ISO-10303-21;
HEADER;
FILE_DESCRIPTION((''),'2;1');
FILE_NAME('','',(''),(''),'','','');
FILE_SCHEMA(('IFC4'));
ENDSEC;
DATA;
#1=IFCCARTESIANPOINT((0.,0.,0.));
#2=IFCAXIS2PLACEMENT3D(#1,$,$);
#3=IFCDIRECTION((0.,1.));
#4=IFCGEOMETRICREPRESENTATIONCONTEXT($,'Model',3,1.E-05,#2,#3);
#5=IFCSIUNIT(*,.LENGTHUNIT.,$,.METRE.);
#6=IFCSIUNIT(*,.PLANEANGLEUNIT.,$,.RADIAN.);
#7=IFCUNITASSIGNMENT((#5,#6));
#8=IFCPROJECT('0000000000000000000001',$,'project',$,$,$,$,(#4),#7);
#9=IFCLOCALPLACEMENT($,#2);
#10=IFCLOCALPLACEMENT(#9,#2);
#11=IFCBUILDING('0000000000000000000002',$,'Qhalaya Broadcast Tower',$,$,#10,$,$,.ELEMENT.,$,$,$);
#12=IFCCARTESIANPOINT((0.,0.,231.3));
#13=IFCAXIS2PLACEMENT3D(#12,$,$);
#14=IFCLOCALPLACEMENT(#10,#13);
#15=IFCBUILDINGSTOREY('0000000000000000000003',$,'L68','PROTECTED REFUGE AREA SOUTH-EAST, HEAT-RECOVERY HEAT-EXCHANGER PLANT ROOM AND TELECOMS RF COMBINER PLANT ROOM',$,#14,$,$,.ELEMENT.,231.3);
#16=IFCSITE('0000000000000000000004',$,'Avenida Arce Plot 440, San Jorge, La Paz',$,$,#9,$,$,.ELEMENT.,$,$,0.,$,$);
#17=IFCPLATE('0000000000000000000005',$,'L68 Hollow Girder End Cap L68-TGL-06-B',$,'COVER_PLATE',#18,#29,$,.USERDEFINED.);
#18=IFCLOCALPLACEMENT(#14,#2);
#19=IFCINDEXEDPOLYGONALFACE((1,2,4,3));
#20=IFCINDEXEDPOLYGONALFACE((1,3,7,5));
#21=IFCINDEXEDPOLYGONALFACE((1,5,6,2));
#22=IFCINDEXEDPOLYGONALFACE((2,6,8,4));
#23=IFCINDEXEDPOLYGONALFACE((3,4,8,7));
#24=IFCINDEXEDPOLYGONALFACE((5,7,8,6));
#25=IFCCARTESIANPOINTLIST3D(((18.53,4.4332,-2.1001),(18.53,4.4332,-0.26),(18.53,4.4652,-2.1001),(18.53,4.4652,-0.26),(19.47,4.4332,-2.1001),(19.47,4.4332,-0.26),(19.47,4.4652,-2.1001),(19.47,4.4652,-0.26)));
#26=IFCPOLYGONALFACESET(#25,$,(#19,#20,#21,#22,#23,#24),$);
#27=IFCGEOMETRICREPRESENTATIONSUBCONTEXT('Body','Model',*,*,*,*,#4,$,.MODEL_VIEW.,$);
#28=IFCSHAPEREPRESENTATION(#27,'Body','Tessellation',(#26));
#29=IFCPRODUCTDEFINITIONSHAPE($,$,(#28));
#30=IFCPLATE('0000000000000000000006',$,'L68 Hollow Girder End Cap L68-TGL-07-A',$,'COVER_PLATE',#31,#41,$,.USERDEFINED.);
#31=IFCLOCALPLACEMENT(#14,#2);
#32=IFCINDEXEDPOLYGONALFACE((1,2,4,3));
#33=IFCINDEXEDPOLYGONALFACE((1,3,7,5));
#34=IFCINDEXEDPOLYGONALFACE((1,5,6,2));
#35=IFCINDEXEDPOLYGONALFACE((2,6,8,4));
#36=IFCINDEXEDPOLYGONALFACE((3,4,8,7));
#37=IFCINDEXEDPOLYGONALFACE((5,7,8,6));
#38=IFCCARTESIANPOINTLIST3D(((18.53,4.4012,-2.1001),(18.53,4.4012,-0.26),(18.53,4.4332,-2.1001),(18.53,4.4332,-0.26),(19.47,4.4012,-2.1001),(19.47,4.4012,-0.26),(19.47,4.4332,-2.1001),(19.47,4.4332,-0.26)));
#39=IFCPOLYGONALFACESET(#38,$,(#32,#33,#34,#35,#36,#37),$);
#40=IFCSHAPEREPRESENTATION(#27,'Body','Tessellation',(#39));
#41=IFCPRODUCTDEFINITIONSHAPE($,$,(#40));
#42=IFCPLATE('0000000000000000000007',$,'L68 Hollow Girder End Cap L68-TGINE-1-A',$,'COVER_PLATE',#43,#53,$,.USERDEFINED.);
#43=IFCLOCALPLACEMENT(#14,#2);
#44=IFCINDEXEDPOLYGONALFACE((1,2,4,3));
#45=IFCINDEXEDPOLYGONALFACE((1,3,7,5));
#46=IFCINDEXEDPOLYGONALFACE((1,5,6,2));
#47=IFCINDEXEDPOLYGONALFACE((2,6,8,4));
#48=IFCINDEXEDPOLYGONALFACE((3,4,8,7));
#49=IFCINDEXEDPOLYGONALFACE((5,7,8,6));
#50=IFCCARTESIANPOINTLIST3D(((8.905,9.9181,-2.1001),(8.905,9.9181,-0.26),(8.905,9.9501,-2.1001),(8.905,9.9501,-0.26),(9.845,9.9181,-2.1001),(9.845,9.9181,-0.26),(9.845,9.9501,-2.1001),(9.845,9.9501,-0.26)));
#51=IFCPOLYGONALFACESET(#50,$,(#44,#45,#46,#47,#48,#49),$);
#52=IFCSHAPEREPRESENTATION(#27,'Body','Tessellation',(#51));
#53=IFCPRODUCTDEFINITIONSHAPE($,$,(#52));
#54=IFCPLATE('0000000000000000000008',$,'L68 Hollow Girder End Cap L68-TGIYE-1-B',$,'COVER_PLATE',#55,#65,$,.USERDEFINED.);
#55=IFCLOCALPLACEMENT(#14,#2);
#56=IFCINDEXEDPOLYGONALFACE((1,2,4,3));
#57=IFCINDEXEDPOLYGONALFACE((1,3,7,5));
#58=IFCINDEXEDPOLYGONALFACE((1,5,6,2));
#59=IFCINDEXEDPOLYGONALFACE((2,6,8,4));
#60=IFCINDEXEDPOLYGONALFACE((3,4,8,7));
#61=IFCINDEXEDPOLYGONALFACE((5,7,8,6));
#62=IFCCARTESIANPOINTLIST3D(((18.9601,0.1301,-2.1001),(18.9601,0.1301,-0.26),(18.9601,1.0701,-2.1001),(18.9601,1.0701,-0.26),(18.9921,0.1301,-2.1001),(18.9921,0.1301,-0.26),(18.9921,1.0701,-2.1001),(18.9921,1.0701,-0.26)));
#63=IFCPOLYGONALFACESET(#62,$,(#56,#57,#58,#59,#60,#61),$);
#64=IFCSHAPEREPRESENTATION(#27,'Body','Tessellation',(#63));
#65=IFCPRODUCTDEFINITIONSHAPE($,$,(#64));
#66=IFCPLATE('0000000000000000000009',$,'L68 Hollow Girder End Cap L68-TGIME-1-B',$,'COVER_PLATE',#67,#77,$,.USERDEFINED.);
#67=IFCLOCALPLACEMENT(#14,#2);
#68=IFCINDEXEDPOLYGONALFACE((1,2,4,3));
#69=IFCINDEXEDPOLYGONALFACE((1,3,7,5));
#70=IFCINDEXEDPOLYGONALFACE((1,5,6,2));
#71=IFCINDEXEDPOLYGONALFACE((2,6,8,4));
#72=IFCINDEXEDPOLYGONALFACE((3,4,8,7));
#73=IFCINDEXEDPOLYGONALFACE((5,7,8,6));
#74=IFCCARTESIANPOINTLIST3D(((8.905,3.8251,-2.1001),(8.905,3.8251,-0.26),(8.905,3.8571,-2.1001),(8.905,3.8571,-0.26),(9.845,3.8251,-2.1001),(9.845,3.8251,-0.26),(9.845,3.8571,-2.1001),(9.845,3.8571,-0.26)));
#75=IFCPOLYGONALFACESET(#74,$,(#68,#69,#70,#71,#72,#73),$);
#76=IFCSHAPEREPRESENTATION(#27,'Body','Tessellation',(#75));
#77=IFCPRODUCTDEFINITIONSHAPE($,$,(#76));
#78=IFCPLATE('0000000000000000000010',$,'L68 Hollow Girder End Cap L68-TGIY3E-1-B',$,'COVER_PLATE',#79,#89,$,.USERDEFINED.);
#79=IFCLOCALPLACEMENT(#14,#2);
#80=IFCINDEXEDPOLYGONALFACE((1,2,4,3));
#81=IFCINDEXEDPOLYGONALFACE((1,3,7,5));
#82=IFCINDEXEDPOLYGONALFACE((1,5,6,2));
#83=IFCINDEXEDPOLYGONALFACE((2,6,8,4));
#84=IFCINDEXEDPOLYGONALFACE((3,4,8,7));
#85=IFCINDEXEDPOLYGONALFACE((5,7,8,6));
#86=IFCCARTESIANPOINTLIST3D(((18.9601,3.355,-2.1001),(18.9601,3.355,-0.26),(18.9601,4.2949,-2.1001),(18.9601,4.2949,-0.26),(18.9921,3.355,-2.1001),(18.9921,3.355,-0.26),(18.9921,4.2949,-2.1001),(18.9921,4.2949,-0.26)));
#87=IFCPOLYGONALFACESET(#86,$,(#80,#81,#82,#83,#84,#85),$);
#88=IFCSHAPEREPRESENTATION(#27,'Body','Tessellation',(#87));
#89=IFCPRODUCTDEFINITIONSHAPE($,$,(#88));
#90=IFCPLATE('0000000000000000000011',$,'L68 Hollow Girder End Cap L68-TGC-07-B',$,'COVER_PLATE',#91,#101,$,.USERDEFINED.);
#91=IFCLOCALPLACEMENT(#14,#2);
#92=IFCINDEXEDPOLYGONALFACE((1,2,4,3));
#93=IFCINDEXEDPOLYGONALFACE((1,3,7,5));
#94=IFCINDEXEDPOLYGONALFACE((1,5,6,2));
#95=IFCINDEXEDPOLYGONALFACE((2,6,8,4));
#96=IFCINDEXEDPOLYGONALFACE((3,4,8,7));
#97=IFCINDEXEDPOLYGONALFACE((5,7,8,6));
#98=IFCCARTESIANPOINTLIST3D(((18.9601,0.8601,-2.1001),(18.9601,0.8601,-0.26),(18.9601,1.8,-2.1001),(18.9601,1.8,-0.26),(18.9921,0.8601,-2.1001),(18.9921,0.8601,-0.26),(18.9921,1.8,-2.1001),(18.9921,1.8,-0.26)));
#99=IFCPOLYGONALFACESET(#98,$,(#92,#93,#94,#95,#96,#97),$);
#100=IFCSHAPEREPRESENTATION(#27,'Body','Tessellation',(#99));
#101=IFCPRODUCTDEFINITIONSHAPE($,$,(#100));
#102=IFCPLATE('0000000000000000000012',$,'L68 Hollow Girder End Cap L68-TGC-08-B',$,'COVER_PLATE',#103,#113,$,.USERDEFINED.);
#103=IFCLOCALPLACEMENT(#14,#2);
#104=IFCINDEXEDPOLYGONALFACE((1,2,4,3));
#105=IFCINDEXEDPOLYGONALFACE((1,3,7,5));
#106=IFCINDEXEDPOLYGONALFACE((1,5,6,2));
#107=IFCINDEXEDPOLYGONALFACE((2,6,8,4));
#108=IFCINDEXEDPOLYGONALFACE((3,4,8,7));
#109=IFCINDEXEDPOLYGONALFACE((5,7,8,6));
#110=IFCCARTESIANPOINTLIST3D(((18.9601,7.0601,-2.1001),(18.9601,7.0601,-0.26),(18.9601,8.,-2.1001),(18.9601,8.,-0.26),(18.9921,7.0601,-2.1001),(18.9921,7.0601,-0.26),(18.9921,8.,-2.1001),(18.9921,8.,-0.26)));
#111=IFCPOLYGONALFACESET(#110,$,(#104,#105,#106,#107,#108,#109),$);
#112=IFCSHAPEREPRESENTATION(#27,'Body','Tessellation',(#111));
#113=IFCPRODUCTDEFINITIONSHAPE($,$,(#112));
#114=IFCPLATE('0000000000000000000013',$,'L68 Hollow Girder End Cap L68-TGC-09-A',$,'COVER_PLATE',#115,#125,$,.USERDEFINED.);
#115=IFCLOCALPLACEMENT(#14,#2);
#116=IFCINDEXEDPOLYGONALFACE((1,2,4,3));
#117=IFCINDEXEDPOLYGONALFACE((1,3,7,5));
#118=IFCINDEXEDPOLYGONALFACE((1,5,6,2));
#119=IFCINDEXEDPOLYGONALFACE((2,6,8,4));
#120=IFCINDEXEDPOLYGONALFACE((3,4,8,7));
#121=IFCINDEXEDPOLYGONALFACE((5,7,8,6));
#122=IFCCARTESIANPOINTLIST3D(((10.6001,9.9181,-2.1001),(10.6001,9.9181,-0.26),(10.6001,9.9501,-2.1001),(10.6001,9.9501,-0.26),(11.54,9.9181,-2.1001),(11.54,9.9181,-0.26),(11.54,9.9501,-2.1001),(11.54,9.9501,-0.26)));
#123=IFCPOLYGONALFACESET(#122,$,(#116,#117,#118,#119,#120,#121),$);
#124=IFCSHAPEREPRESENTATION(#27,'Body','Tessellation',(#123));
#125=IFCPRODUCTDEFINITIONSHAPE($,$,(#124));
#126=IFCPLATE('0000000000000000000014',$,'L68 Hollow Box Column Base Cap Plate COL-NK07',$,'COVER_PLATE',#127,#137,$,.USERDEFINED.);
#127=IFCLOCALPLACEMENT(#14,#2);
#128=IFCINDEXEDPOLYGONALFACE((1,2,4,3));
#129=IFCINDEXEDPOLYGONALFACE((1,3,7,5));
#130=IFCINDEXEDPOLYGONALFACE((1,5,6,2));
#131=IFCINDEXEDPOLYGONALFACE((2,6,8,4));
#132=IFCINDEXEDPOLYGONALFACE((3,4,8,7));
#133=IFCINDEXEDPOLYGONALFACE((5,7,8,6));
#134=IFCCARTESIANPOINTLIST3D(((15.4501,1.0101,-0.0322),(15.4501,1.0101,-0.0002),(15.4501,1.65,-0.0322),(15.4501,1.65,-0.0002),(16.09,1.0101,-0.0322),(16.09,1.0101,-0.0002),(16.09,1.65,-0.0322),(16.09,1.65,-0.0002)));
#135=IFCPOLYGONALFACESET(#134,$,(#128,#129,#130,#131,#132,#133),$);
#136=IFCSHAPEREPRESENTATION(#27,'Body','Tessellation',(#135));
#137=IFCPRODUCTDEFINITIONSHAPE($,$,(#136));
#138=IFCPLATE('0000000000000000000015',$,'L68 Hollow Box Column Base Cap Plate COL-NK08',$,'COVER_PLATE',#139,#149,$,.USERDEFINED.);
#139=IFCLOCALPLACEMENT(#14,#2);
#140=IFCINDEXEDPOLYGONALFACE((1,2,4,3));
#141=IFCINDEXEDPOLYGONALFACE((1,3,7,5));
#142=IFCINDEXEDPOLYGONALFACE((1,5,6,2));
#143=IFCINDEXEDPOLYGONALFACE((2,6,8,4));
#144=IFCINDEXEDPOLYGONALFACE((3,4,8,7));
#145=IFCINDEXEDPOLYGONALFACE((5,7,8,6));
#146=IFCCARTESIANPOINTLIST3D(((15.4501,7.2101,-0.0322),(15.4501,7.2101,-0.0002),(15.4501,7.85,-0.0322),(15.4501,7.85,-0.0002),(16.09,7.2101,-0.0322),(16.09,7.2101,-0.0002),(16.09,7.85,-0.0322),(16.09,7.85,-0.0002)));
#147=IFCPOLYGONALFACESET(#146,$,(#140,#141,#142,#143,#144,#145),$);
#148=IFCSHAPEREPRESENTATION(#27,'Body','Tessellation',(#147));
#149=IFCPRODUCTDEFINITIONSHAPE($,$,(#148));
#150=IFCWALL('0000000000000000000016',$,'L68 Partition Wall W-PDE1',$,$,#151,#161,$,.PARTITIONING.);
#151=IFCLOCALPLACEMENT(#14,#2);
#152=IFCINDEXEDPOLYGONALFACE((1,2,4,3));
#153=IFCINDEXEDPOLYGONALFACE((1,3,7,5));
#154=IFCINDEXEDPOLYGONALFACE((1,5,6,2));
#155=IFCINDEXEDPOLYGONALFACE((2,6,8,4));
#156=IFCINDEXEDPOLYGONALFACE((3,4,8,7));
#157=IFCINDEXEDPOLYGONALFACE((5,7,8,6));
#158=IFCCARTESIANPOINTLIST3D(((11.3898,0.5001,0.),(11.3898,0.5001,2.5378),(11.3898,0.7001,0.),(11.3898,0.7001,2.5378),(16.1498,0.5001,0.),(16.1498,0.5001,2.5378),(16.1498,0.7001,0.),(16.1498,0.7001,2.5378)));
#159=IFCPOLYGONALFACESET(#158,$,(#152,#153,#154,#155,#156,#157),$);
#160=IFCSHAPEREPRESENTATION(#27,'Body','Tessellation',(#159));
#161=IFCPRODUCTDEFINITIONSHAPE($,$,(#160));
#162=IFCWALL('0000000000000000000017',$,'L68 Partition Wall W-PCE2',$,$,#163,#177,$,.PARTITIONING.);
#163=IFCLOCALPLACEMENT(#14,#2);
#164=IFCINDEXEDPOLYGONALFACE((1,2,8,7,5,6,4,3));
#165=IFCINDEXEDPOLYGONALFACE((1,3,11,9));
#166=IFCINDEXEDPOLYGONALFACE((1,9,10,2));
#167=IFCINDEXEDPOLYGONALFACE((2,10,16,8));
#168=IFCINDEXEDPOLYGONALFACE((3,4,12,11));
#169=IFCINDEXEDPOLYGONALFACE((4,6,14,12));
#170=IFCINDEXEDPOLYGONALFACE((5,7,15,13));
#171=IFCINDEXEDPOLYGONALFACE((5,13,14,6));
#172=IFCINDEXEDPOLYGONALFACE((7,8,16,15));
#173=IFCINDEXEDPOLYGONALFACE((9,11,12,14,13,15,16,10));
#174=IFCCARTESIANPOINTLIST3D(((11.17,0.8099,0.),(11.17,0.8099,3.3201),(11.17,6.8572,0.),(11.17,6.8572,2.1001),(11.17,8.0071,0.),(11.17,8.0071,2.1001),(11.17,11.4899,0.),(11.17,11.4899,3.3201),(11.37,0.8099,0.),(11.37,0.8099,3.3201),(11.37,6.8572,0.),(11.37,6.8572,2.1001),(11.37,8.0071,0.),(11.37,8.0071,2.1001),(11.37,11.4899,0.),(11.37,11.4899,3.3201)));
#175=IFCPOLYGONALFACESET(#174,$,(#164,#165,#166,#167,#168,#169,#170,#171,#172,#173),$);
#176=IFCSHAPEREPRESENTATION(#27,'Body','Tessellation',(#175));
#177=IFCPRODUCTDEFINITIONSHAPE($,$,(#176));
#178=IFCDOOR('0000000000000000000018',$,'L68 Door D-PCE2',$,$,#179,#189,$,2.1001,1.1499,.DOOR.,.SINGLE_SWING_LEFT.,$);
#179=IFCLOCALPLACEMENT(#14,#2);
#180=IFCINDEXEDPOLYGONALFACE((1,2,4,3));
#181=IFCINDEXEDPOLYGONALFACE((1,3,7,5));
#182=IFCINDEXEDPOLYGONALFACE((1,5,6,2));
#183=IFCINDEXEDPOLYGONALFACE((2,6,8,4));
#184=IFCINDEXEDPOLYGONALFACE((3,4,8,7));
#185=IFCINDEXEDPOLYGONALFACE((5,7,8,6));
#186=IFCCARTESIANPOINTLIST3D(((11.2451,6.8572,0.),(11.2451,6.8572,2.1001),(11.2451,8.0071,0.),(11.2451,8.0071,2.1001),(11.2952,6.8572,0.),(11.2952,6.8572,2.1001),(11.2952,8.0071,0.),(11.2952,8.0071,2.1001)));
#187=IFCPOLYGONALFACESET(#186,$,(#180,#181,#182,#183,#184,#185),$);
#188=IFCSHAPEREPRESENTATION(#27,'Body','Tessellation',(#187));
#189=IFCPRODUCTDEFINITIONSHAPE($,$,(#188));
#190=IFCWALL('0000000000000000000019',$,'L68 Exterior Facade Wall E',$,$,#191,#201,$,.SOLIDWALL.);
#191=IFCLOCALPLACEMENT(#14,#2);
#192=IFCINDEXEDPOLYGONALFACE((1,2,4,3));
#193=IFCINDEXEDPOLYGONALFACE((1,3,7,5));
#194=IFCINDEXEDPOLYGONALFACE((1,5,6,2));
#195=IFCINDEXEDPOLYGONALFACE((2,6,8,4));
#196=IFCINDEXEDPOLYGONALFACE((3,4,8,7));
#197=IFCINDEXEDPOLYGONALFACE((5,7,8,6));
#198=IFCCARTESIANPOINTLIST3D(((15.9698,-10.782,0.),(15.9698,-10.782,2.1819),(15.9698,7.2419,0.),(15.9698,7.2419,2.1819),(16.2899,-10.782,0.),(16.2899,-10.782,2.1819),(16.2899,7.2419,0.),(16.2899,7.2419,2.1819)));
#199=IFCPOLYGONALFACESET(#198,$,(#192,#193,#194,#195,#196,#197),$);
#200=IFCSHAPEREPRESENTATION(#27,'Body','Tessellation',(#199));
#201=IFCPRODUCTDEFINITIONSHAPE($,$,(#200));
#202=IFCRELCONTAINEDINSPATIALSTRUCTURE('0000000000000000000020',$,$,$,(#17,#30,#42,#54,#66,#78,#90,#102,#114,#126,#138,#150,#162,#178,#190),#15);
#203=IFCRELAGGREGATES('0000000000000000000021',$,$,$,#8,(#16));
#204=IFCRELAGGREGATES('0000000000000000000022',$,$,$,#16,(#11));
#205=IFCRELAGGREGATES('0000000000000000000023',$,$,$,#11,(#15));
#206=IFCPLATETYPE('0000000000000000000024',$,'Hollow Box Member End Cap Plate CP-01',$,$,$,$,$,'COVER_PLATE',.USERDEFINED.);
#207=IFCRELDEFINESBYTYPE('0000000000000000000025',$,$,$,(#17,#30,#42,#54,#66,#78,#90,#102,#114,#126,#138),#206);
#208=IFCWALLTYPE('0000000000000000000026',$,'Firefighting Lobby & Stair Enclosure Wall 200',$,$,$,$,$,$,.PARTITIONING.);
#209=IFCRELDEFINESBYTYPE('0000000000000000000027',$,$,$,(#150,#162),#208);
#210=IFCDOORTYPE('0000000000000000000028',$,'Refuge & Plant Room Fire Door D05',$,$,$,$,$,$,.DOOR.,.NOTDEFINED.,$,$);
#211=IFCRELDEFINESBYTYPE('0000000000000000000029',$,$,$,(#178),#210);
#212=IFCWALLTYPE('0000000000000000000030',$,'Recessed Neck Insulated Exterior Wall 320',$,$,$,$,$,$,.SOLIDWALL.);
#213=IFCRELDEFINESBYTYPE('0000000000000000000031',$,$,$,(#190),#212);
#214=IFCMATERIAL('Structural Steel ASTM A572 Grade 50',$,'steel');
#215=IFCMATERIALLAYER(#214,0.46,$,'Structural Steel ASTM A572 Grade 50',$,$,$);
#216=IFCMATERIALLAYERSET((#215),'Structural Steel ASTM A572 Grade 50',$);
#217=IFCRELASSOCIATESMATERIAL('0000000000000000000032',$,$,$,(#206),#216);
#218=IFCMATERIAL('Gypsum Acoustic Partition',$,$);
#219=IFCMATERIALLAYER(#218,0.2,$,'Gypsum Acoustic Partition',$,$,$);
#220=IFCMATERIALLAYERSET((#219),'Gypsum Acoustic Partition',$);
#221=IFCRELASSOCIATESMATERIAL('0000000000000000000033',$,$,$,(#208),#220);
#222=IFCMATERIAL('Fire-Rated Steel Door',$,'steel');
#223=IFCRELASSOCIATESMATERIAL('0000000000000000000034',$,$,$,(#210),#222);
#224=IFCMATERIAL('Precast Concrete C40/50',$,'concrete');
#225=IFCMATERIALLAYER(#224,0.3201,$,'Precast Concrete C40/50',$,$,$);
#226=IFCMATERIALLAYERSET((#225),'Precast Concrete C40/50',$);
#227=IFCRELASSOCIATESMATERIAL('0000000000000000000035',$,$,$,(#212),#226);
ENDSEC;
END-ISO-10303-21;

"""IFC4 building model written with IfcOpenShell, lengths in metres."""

from ifc_helpers import new_model, si_unit, direction, frame, frame_2d, origin, origin_2d, place, context, subcontext, project, spatial, rectangle, extrude, material, layer, layer_set, type_object, element, fill, save


model = new_model("IFC4")

# Units and contexts
model_context = context("Model", 3, precision=1e-05, world=origin(), true_north=direction((0.0, 1.0)))
body_context = subcontext(model_context, "Body", "Model", "MODEL_VIEW")
ifc_project = project(units=[si_unit("LENGTHUNIT", "METRE"), si_unit("PLANEANGLEUNIT", "RADIAN")], contexts=[model_context])

# Site, building, storey
site_placement = place(None, origin())
site = spatial("IfcSite", under=ifc_project, at=site_placement, Name="Avenida Arce Plot 440, San Jorge, La Paz", CompositionType="ELEMENT", RefElevation=0.0)
building_placement = place(site_placement, origin())
building = spatial("IfcBuilding", under=site, at=building_placement, Name="Qhalaya Broadcast Tower", CompositionType="ELEMENT")
storey_placement = place(building_placement, frame((0.0, 0.0, 231.3)))
storey = spatial("IfcBuildingStorey", under=building, at=storey_placement, Name="L68", Description="PROTECTED REFUGE AREA SOUTH-EAST, HEAT-RECOVERY HEAT-EXCHANGER PLANT ROOM AND TELECOMS RF COMBINER PLANT ROOM", CompositionType="ELEMENT", Elevation=231.3)

# Shared definitions
ifc_material_1 = material(Name="Structural Steel ASTM A572 Grade 50", Category="steel")

# Plates
ifc_layer_1 = layer(ifc_material_1, 0.46, Name="Structural Steel ASTM A572 Grade 50")
ifc_layer_set_1 = layer_set([ifc_layer_1], Name="Structural Steel ASTM A572 Grade 50")
plate_type = type_object("IfcPlateType", Name="Hollow Box Member End Cap Plate CP-01", ElementType="COVER_PLATE", PredefinedType="USERDEFINED", material=ifc_layer_set_1)
for number, where, z_axis, x_axis, name in (
    (1, (19.0, 4.4492, -2.1001), (0.0, 0.0, 1.0), (-1.0, 0.0, 0.0), "L68 Hollow Girder End Cap L68-TGL-06-B"),
    (2, (19.0, 4.4172, -2.1001), (0.0, 0.0, 1.0), (-1.0, 0.0, 0.0), "L68 Hollow Girder End Cap L68-TGL-07-A"),
    (3, (9.375, 9.9341, -2.1001), (0.0, 0.0, 1.0), (-1.0, 0.0, 0.0), "L68 Hollow Girder End Cap L68-TGINE-1-A"),
    (4, (18.9761, 0.6001, -2.1001), (0.0, 0.0, 1.0), (0.0, 1.0, 0.0), "L68 Hollow Girder End Cap L68-TGIYE-1-B"),
    (5, (9.375, 3.8411, -2.1001), (0.0, 0.0, 1.0), (-1.0, 0.0, 0.0), "L68 Hollow Girder End Cap L68-TGIME-1-B"),
    (6, (18.9761, 3.825, -2.1001), (0.0, 0.0, 1.0), (0.0, 1.0, 0.0), "L68 Hollow Girder End Cap L68-TGIY3E-1-B"),
    (7, (18.9761, 1.3301, -2.1001), (0.0, 0.0, 1.0), (0.0, 1.0, 0.0), "L68 Hollow Girder End Cap L68-TGC-07-B"),
    (8, (18.9761, 7.53, -2.1001), (0.0, 0.0, 1.0), (0.0, 1.0, 0.0), "L68 Hollow Girder End Cap L68-TGC-08-B"),
    (9, (11.0701, 9.9341, -2.1001), (0.0, 0.0, 1.0), (-1.0, 0.0, 0.0), "L68 Hollow Girder End Cap L68-TGC-09-A"),
):
    element("IfcPlate", number, at=place(storey_placement, frame(where, z_axis=z_axis, x_axis=x_axis)), inside=storey, type_object=plate_type, Name=name, ObjectType="COVER_PLATE", PredefinedType="USERDEFINED", context=body_context, shape_type="SweptSolid", body=[
        extrude(rectangle(XDim=0.9399, YDim=0.032, at=origin_2d()), origin(), (0.0, 0.0, 1.0), 1.8401),
    ])
for number, where, z_axis, x_axis, name in (
    (10, (15.77, 1.3301, -0.0322), (0.0, 0.0, 1.0), (0.0, 1.0, 0.0), "L68 Hollow Box Column Base Cap Plate COL-NK07"),
    (11, (15.77, 7.53, -0.0322), (0.0, 0.0, 1.0), (0.0, 1.0, 0.0), "L68 Hollow Box Column Base Cap Plate COL-NK08"),
):
    element("IfcPlate", number, at=place(storey_placement, frame(where, z_axis=z_axis, x_axis=x_axis)), inside=storey, type_object=plate_type, Name=name, ObjectType="COVER_PLATE", PredefinedType="USERDEFINED", context=body_context, shape_type="SweptSolid", body=[
        extrude(rectangle(XDim=0.6399, YDim=0.6399, at=origin_2d()), origin(), (0.0, 0.0, 1.0), 0.032),
    ])

# Wall
ifc_material_2 = material(Name="Gypsum Acoustic Partition")
ifc_layer_2 = layer(ifc_material_2, 0.2, Name="Gypsum Acoustic Partition")
ifc_layer_set_2 = layer_set([ifc_layer_2], Name="Gypsum Acoustic Partition")
wall_type_1 = type_object("IfcWallType", Name="Firefighting Lobby & Stair Enclosure Wall 200", PredefinedType="PARTITIONING", material=ifc_layer_set_2)
wall_1_placement = place(storey_placement, frame((11.3899, 0.6001, 0.0), z_axis=(0.0, 0.0, 1.0), x_axis=(1.0, 0.0, 0.0)))
element("IfcWall", 12, at=wall_1_placement, inside=storey, type_object=wall_type_1, Name="L68 Partition Wall W-PDE1", PredefinedType="PARTITIONING", context=body_context, shape_type="SweptSolid", body=[
    extrude(rectangle(XDim=4.76, YDim=0.2, at=frame_2d((2.3799, 0.0))), origin(), (0.0, 0.0, 1.0), 2.5378),
])

# Wall, opening, door
wall_2_placement = place(storey_placement, frame((11.27, 0.8101, 0.0), z_axis=(0.0, 0.0, 1.0), x_axis=(0.0, 1.0, 0.0)))
wall_2 = element("IfcWall", 13, at=wall_2_placement, inside=storey, type_object=wall_type_1, Name="L68 Partition Wall W-PCE2", PredefinedType="PARTITIONING", context=body_context, shape_type="SweptSolid", body=[
    extrude(rectangle(XDim=10.6799, YDim=0.2, at=frame_2d((5.3398, 0.0))), origin(), (0.0, 0.0, 1.0), 3.3201),
])
opening_placement = place(wall_2_placement, frame((6.0471, 0.0, 0.0)))
opening = element("IfcOpeningElement", 14, at=opening_placement, cuts=wall_2, PredefinedType="OPENING", context=body_context, shape_type="SweptSolid", body=[
    extrude(rectangle(XDim=1.1499, YDim=2.1001, at=frame_2d((0.575, 1.05))), frame((0.0, 0.1121, 0.0), z_axis=(0.0, -1.0, 0.0), x_axis=(1.0, 0.0, 0.0)), (0.0, 0.0, 1.0), 0.2239),
])
ifc_material_3 = material(Name="Fire-Rated Steel Door", Category="steel")
door_type = type_object("IfcDoorType", Name="Refuge & Plant Room Fire Door D05", OperationType="NOTDEFINED", PredefinedType="DOOR", material=ifc_material_3)
door_placement = place(opening_placement, origin())
door = element("IfcDoor", 15, at=door_placement, inside=storey, type_object=door_type, Name="L68 Door D-PCE2", OperationType="SINGLE_SWING_LEFT", OverallHeight=2.1001, OverallWidth=1.1499, PredefinedType="DOOR", context=body_context, shape_type="SweptSolid", body=[
    extrude(rectangle(XDim=1.1499, YDim=2.1001, at=frame_2d((0.575, 1.05))), frame((0.0, 0.0249, 0.0), z_axis=(0.0, -1.0, 0.0), x_axis=(1.0, 0.0, 0.0)), (0.0, 0.0, 1.0), 0.05),
])
fill(opening, door)

# Wall
ifc_material_4 = material(Name="Precast Concrete C40/50", Category="concrete")
ifc_layer_3 = layer(ifc_material_4, 0.3201, Name="Precast Concrete C40/50")
ifc_layer_set_3 = layer_set([ifc_layer_3], Name="Precast Concrete C40/50")
wall_type_2 = type_object("IfcWallType", Name="Recessed Neck Insulated Exterior Wall 320", PredefinedType="SOLIDWALL", material=ifc_layer_set_3)
wall_3_placement = place(storey_placement, frame((16.1299, 7.2419, 0.0), z_axis=(0.0, 0.0, 1.0), x_axis=(0.0, -1.0, 0.0)))
element("IfcWall", 16, at=wall_3_placement, inside=storey, type_object=wall_type_2, Name="L68 Exterior Facade Wall E", PredefinedType="SOLIDWALL", context=body_context, shape_type="SweptSolid", body=[
    extrude(rectangle(XDim=18.0239, YDim=0.3201, at=frame_2d((9.012, 0.0))), origin(), (0.0, 0.0, 1.0), 2.1819),
])

save(model, "model.ifc")
